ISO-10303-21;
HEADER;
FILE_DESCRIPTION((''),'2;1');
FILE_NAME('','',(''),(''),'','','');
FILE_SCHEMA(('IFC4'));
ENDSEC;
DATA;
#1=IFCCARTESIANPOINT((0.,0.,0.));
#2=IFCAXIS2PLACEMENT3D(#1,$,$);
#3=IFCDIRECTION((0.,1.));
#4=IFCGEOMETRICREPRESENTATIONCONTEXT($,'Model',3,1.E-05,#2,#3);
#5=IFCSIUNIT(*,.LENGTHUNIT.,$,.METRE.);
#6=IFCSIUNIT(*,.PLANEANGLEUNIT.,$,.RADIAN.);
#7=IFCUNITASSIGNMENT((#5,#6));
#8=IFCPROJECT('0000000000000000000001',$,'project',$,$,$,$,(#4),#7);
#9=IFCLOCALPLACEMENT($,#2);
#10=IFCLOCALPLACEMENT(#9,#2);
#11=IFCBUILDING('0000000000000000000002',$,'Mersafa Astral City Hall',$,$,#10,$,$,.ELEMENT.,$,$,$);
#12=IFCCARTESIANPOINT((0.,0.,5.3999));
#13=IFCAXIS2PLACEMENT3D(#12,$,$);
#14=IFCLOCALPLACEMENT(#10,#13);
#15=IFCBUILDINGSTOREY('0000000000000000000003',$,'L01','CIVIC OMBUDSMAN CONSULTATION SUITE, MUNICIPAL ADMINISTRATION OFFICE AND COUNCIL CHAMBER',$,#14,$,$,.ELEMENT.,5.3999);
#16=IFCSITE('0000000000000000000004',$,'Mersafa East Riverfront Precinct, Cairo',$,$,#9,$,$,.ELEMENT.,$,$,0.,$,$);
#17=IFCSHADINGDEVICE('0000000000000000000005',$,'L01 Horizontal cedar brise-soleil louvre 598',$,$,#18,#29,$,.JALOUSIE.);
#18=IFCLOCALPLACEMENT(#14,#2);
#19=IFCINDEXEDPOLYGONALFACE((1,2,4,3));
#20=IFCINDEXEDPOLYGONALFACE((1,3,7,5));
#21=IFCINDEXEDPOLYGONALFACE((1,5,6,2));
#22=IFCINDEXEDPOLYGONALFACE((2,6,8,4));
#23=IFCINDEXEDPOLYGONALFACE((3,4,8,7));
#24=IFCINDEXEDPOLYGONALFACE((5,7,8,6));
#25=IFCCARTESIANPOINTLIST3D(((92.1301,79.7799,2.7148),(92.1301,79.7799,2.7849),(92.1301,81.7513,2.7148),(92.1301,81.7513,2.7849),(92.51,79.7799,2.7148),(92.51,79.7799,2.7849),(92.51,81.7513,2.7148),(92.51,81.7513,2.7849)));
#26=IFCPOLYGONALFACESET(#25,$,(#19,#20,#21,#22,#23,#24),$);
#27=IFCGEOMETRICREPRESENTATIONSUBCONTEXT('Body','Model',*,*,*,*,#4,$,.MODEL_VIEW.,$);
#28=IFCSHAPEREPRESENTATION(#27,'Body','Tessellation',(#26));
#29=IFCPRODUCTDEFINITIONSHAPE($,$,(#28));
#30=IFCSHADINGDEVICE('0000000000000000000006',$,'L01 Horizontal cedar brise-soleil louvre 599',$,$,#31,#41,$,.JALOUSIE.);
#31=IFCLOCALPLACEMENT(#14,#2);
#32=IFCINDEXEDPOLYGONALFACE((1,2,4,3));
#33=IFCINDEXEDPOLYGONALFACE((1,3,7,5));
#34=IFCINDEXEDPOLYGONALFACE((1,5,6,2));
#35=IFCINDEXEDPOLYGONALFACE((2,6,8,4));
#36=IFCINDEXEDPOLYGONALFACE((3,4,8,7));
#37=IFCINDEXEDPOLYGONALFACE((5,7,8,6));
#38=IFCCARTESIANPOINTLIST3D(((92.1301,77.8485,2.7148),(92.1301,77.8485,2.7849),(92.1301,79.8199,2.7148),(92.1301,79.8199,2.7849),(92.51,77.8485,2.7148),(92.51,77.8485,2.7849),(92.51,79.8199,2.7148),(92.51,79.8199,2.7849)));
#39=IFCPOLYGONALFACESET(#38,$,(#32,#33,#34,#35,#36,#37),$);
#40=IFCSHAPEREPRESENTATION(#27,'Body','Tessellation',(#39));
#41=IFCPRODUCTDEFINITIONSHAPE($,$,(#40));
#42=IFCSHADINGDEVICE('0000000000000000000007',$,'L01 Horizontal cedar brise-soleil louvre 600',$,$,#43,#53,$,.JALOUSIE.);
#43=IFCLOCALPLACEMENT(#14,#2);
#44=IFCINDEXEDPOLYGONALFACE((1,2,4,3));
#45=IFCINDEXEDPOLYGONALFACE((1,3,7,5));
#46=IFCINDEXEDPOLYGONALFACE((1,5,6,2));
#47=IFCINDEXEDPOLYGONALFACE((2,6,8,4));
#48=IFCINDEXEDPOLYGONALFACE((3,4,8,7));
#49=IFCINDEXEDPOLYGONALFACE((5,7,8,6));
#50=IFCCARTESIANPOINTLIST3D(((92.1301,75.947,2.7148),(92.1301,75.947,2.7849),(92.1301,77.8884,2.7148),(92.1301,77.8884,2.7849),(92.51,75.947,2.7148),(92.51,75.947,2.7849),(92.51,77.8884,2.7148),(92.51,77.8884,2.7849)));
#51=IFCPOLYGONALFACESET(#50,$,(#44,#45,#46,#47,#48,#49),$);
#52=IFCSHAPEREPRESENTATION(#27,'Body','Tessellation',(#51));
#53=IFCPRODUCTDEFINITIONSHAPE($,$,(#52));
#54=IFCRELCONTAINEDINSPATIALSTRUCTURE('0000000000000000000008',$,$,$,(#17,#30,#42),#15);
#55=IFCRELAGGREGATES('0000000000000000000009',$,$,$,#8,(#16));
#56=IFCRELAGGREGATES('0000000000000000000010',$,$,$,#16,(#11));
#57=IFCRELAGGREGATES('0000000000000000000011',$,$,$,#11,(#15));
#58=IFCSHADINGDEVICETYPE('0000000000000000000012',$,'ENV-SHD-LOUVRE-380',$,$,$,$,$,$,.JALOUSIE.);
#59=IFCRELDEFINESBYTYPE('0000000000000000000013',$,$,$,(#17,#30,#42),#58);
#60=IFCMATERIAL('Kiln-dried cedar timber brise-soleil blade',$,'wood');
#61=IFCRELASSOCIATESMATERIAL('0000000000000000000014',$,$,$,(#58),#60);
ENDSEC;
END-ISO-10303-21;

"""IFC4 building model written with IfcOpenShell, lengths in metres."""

from ifc_helpers import new_model, si_unit, direction, frame, origin, origin_2d, place, context, subcontext, project, spatial, rectangle, extrude, material, type_object, element, save


model = new_model("IFC4")

# Units and contexts
model_context = context("Model", 3, precision=1e-05, world=origin(), true_north=direction((0.0, 1.0)))
body_context = subcontext(model_context, "Body", "Model", "MODEL_VIEW")
ifc_project = project(units=[si_unit("LENGTHUNIT", "METRE"), si_unit("PLANEANGLEUNIT", "RADIAN")], contexts=[model_context])

# Site, building, storey
site_placement = place(None, origin())
site = spatial("IfcSite", under=ifc_project, at=site_placement, Name="Mersafa East Riverfront Precinct, Cairo", CompositionType="ELEMENT", RefElevation=0.0)
building_placement = place(site_placement, origin())
building = spatial("IfcBuilding", under=site, at=building_placement, Name="Mersafa Astral City Hall", CompositionType="ELEMENT")
storey_placement = place(building_placement, frame((0.0, 0.0, 5.3999)))
storey = spatial("IfcBuildingStorey", under=building, at=storey_placement, Name="L01", Description="CIVIC OMBUDSMAN CONSULTATION SUITE, MUNICIPAL ADMINISTRATION OFFICE AND COUNCIL CHAMBER", CompositionType="ELEMENT", Elevation=5.3999)

# Shading devices
ifc_material_1 = material(Name="Kiln-dried cedar timber brise-soleil blade", Category="wood")
shading_device_type = type_object("IfcShadingDeviceType", Name="ENV-SHD-LOUVRE-380", PredefinedType="JALOUSIE", material=ifc_material_1)
for number, where, z_axis, x_axis, name in (
    (1, (92.3201, 80.7656, 2.7148), (0.0, 0.0, 1.0), (0.0, -1.0, 0.0), "L01 Horizontal cedar brise-soleil louvre 598"),
    (2, (92.3201, 78.8342, 2.7148), (0.0, 0.0, 1.0), (0.0, -1.0, 0.0), "L01 Horizontal cedar brise-soleil louvre 599"),
):
    element("IfcShadingDevice", number, at=place(storey_placement, frame(where, z_axis=z_axis, x_axis=x_axis)), inside=storey, type_object=shading_device_type, Name=name, PredefinedType="JALOUSIE", context=body_context, shape_type="SweptSolid", body=[
        extrude(rectangle(XDim=1.9714, YDim=0.3799, at=origin_2d()), origin(), (0.0, 0.0, 1.0), 0.0701),
    ])
shading_device_1_placement = place(storey_placement, frame((92.3201, 76.9177, 2.7148), z_axis=(0.0, 0.0, 1.0), x_axis=(0.0, -1.0, 0.0)))
element("IfcShadingDevice", 3, at=shading_device_1_placement, inside=storey, type_object=shading_device_type, Name="L01 Horizontal cedar brise-soleil louvre 600", PredefinedType="JALOUSIE", context=body_context, shape_type="SweptSolid", body=[
    extrude(rectangle(XDim=1.9414, YDim=0.3799, at=origin_2d()), origin(), (0.0, 0.0, 1.0), 0.0701),
])

save(model, "model.ifc")
